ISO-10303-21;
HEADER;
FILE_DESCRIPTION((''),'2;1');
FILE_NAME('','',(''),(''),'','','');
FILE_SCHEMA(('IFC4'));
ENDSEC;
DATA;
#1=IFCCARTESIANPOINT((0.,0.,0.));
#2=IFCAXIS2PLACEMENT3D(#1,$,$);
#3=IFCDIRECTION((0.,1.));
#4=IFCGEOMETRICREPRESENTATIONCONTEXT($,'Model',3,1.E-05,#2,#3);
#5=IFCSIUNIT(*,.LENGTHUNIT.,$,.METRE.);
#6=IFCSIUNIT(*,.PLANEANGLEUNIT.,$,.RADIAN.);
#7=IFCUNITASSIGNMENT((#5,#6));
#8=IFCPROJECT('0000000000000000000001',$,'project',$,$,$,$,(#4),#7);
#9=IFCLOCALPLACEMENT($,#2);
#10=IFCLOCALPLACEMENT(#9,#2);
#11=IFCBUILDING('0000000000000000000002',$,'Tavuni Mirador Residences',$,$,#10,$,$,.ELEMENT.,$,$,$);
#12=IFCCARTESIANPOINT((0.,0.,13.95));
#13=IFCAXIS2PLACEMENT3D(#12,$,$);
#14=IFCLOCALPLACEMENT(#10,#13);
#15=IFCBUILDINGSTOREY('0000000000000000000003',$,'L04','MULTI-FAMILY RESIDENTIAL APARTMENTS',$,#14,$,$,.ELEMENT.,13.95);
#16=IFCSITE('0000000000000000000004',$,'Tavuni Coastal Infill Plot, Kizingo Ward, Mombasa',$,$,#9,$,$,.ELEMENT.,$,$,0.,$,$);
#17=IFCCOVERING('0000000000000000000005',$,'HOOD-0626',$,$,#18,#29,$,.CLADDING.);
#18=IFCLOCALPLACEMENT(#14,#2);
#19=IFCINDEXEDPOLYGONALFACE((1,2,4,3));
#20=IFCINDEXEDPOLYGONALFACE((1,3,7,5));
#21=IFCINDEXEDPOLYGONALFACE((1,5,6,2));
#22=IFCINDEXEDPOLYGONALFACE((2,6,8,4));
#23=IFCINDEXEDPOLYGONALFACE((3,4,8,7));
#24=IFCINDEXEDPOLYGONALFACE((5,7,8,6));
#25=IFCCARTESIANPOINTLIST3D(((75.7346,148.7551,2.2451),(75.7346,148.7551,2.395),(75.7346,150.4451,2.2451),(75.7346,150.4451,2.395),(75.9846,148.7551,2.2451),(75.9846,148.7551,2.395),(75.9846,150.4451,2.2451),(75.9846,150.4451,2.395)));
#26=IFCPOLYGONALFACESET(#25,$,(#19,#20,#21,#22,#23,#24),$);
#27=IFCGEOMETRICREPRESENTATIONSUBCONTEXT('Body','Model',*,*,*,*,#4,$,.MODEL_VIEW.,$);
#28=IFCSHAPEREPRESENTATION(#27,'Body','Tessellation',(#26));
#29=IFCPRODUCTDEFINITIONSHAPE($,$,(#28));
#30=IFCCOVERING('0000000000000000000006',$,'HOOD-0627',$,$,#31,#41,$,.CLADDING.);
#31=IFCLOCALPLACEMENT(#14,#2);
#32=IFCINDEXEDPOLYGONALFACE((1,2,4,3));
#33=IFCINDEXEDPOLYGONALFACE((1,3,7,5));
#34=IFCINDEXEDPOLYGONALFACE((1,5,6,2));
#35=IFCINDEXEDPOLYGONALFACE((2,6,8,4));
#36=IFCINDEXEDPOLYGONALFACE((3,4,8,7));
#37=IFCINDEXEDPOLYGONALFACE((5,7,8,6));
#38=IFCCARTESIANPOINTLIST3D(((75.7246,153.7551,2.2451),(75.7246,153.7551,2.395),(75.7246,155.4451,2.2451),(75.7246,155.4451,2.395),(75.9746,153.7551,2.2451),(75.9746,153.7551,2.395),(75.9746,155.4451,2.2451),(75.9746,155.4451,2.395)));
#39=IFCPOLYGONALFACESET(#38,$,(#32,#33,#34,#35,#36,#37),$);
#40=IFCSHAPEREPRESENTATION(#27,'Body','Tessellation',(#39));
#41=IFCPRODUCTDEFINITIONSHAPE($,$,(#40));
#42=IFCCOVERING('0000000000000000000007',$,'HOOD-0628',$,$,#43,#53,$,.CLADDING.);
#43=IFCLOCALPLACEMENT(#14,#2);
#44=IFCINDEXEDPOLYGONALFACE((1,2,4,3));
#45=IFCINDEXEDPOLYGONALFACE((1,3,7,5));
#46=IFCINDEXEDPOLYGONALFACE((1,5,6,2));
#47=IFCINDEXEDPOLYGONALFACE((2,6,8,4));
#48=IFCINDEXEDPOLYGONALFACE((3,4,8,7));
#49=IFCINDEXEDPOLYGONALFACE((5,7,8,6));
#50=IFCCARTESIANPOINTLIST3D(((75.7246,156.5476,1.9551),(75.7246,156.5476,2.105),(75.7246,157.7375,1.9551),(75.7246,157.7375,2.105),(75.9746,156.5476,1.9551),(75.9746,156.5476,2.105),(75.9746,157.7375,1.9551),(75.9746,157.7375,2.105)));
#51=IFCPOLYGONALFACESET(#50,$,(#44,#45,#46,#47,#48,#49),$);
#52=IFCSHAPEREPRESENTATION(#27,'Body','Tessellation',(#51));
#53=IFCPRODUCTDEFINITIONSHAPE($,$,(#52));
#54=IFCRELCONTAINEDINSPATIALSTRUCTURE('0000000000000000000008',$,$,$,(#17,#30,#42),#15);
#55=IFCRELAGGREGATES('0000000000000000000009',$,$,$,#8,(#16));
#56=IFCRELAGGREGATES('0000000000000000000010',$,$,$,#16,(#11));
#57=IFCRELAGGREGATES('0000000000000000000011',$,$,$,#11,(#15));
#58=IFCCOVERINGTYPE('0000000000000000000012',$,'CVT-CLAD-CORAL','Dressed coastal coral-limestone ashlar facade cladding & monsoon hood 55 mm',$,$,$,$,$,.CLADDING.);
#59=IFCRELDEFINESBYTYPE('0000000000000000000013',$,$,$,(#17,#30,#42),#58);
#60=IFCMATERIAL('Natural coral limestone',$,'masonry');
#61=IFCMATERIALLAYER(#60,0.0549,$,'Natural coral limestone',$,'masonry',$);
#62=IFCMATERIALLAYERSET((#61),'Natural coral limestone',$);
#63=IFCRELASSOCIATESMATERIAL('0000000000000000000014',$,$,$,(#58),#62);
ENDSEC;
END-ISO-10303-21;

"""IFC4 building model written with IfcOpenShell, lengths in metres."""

from ifc_helpers import new_model, si_unit, direction, frame, origin, origin_2d, place, context, subcontext, project, spatial, rectangle, extrude, material, layer, layer_set, type_object, element, save


model = new_model("IFC4")

# Units and contexts
model_context = context("Model", 3, precision=1e-05, world=origin(), true_north=direction((0.0, 1.0)))
body_context = subcontext(model_context, "Body", "Model", "MODEL_VIEW")
ifc_project = project(units=[si_unit("LENGTHUNIT", "METRE"), si_unit("PLANEANGLEUNIT", "RADIAN")], contexts=[model_context])

# Site, building, storey
site_placement = place(None, origin())
site = spatial("IfcSite", under=ifc_project, at=site_placement, Name="Tavuni Coastal Infill Plot, Kizingo Ward, Mombasa", CompositionType="ELEMENT", RefElevation=0.0)
building_placement = place(site_placement, origin())
building = spatial("IfcBuilding", under=site, at=building_placement, Name="Tavuni Mirador Residences", CompositionType="ELEMENT")
storey_placement = place(building_placement, frame((0.0, 0.0, 13.95)))
storey = spatial("IfcBuildingStorey", under=building, at=storey_placement, Name="L04", Description="MULTI-FAMILY RESIDENTIAL APARTMENTS", CompositionType="ELEMENT", Elevation=13.95)

# Coverings
ifc_material_1 = material(Name="Natural coral limestone", Category="masonry")
ifc_layer_1 = layer(ifc_material_1, 0.0549, Name="Natural coral limestone", Category="masonry")
ifc_layer_set_1 = layer_set([ifc_layer_1], Name="Natural coral limestone")
covering_type = type_object("IfcCoveringType", Name="CVT-CLAD-CORAL", Description="Dressed coastal coral-limestone ashlar facade cladding & monsoon hood 55 mm", PredefinedType="CLADDING", material=ifc_layer_set_1)
for number, where, z_axis, x_axis, name in (
    (1, (75.8596, 149.6001, 2.2451), (0.0, 0.0, 1.0), (0.0, 1.0, 0.0), "HOOD-0626"),
    (2, (75.8496, 154.6001, 2.2451), (0.0, 0.0, 1.0), (0.0, 1.0, 0.0), "HOOD-0627"),
):
    element("IfcCovering", number, at=place(storey_placement, frame(where, z_axis=z_axis, x_axis=x_axis)), inside=storey, type_object=covering_type, Name=name, PredefinedType="CLADDING", context=body_context, shape_type="SweptSolid", body=[
        extrude(rectangle(XDim=1.6899, YDim=0.25, at=origin_2d()), origin(), (0.0, 0.0, 1.0), 0.1499),
    ])
covering_1_placement = place(storey_placement, frame((75.8496, 157.1426, 1.9551), z_axis=(0.0, 0.0, 1.0), x_axis=(0.0, 1.0, 0.0)))
element("IfcCovering", 3, at=covering_1_placement, inside=storey, type_object=covering_type, Name="HOOD-0628", PredefinedType="CLADDING", context=body_context, shape_type="SweptSolid", body=[
    extrude(rectangle(XDim=1.1899, YDim=0.25, at=origin_2d()), origin(), (0.0, 0.0, 1.0), 0.1499),
])

save(model, "model.ifc")
